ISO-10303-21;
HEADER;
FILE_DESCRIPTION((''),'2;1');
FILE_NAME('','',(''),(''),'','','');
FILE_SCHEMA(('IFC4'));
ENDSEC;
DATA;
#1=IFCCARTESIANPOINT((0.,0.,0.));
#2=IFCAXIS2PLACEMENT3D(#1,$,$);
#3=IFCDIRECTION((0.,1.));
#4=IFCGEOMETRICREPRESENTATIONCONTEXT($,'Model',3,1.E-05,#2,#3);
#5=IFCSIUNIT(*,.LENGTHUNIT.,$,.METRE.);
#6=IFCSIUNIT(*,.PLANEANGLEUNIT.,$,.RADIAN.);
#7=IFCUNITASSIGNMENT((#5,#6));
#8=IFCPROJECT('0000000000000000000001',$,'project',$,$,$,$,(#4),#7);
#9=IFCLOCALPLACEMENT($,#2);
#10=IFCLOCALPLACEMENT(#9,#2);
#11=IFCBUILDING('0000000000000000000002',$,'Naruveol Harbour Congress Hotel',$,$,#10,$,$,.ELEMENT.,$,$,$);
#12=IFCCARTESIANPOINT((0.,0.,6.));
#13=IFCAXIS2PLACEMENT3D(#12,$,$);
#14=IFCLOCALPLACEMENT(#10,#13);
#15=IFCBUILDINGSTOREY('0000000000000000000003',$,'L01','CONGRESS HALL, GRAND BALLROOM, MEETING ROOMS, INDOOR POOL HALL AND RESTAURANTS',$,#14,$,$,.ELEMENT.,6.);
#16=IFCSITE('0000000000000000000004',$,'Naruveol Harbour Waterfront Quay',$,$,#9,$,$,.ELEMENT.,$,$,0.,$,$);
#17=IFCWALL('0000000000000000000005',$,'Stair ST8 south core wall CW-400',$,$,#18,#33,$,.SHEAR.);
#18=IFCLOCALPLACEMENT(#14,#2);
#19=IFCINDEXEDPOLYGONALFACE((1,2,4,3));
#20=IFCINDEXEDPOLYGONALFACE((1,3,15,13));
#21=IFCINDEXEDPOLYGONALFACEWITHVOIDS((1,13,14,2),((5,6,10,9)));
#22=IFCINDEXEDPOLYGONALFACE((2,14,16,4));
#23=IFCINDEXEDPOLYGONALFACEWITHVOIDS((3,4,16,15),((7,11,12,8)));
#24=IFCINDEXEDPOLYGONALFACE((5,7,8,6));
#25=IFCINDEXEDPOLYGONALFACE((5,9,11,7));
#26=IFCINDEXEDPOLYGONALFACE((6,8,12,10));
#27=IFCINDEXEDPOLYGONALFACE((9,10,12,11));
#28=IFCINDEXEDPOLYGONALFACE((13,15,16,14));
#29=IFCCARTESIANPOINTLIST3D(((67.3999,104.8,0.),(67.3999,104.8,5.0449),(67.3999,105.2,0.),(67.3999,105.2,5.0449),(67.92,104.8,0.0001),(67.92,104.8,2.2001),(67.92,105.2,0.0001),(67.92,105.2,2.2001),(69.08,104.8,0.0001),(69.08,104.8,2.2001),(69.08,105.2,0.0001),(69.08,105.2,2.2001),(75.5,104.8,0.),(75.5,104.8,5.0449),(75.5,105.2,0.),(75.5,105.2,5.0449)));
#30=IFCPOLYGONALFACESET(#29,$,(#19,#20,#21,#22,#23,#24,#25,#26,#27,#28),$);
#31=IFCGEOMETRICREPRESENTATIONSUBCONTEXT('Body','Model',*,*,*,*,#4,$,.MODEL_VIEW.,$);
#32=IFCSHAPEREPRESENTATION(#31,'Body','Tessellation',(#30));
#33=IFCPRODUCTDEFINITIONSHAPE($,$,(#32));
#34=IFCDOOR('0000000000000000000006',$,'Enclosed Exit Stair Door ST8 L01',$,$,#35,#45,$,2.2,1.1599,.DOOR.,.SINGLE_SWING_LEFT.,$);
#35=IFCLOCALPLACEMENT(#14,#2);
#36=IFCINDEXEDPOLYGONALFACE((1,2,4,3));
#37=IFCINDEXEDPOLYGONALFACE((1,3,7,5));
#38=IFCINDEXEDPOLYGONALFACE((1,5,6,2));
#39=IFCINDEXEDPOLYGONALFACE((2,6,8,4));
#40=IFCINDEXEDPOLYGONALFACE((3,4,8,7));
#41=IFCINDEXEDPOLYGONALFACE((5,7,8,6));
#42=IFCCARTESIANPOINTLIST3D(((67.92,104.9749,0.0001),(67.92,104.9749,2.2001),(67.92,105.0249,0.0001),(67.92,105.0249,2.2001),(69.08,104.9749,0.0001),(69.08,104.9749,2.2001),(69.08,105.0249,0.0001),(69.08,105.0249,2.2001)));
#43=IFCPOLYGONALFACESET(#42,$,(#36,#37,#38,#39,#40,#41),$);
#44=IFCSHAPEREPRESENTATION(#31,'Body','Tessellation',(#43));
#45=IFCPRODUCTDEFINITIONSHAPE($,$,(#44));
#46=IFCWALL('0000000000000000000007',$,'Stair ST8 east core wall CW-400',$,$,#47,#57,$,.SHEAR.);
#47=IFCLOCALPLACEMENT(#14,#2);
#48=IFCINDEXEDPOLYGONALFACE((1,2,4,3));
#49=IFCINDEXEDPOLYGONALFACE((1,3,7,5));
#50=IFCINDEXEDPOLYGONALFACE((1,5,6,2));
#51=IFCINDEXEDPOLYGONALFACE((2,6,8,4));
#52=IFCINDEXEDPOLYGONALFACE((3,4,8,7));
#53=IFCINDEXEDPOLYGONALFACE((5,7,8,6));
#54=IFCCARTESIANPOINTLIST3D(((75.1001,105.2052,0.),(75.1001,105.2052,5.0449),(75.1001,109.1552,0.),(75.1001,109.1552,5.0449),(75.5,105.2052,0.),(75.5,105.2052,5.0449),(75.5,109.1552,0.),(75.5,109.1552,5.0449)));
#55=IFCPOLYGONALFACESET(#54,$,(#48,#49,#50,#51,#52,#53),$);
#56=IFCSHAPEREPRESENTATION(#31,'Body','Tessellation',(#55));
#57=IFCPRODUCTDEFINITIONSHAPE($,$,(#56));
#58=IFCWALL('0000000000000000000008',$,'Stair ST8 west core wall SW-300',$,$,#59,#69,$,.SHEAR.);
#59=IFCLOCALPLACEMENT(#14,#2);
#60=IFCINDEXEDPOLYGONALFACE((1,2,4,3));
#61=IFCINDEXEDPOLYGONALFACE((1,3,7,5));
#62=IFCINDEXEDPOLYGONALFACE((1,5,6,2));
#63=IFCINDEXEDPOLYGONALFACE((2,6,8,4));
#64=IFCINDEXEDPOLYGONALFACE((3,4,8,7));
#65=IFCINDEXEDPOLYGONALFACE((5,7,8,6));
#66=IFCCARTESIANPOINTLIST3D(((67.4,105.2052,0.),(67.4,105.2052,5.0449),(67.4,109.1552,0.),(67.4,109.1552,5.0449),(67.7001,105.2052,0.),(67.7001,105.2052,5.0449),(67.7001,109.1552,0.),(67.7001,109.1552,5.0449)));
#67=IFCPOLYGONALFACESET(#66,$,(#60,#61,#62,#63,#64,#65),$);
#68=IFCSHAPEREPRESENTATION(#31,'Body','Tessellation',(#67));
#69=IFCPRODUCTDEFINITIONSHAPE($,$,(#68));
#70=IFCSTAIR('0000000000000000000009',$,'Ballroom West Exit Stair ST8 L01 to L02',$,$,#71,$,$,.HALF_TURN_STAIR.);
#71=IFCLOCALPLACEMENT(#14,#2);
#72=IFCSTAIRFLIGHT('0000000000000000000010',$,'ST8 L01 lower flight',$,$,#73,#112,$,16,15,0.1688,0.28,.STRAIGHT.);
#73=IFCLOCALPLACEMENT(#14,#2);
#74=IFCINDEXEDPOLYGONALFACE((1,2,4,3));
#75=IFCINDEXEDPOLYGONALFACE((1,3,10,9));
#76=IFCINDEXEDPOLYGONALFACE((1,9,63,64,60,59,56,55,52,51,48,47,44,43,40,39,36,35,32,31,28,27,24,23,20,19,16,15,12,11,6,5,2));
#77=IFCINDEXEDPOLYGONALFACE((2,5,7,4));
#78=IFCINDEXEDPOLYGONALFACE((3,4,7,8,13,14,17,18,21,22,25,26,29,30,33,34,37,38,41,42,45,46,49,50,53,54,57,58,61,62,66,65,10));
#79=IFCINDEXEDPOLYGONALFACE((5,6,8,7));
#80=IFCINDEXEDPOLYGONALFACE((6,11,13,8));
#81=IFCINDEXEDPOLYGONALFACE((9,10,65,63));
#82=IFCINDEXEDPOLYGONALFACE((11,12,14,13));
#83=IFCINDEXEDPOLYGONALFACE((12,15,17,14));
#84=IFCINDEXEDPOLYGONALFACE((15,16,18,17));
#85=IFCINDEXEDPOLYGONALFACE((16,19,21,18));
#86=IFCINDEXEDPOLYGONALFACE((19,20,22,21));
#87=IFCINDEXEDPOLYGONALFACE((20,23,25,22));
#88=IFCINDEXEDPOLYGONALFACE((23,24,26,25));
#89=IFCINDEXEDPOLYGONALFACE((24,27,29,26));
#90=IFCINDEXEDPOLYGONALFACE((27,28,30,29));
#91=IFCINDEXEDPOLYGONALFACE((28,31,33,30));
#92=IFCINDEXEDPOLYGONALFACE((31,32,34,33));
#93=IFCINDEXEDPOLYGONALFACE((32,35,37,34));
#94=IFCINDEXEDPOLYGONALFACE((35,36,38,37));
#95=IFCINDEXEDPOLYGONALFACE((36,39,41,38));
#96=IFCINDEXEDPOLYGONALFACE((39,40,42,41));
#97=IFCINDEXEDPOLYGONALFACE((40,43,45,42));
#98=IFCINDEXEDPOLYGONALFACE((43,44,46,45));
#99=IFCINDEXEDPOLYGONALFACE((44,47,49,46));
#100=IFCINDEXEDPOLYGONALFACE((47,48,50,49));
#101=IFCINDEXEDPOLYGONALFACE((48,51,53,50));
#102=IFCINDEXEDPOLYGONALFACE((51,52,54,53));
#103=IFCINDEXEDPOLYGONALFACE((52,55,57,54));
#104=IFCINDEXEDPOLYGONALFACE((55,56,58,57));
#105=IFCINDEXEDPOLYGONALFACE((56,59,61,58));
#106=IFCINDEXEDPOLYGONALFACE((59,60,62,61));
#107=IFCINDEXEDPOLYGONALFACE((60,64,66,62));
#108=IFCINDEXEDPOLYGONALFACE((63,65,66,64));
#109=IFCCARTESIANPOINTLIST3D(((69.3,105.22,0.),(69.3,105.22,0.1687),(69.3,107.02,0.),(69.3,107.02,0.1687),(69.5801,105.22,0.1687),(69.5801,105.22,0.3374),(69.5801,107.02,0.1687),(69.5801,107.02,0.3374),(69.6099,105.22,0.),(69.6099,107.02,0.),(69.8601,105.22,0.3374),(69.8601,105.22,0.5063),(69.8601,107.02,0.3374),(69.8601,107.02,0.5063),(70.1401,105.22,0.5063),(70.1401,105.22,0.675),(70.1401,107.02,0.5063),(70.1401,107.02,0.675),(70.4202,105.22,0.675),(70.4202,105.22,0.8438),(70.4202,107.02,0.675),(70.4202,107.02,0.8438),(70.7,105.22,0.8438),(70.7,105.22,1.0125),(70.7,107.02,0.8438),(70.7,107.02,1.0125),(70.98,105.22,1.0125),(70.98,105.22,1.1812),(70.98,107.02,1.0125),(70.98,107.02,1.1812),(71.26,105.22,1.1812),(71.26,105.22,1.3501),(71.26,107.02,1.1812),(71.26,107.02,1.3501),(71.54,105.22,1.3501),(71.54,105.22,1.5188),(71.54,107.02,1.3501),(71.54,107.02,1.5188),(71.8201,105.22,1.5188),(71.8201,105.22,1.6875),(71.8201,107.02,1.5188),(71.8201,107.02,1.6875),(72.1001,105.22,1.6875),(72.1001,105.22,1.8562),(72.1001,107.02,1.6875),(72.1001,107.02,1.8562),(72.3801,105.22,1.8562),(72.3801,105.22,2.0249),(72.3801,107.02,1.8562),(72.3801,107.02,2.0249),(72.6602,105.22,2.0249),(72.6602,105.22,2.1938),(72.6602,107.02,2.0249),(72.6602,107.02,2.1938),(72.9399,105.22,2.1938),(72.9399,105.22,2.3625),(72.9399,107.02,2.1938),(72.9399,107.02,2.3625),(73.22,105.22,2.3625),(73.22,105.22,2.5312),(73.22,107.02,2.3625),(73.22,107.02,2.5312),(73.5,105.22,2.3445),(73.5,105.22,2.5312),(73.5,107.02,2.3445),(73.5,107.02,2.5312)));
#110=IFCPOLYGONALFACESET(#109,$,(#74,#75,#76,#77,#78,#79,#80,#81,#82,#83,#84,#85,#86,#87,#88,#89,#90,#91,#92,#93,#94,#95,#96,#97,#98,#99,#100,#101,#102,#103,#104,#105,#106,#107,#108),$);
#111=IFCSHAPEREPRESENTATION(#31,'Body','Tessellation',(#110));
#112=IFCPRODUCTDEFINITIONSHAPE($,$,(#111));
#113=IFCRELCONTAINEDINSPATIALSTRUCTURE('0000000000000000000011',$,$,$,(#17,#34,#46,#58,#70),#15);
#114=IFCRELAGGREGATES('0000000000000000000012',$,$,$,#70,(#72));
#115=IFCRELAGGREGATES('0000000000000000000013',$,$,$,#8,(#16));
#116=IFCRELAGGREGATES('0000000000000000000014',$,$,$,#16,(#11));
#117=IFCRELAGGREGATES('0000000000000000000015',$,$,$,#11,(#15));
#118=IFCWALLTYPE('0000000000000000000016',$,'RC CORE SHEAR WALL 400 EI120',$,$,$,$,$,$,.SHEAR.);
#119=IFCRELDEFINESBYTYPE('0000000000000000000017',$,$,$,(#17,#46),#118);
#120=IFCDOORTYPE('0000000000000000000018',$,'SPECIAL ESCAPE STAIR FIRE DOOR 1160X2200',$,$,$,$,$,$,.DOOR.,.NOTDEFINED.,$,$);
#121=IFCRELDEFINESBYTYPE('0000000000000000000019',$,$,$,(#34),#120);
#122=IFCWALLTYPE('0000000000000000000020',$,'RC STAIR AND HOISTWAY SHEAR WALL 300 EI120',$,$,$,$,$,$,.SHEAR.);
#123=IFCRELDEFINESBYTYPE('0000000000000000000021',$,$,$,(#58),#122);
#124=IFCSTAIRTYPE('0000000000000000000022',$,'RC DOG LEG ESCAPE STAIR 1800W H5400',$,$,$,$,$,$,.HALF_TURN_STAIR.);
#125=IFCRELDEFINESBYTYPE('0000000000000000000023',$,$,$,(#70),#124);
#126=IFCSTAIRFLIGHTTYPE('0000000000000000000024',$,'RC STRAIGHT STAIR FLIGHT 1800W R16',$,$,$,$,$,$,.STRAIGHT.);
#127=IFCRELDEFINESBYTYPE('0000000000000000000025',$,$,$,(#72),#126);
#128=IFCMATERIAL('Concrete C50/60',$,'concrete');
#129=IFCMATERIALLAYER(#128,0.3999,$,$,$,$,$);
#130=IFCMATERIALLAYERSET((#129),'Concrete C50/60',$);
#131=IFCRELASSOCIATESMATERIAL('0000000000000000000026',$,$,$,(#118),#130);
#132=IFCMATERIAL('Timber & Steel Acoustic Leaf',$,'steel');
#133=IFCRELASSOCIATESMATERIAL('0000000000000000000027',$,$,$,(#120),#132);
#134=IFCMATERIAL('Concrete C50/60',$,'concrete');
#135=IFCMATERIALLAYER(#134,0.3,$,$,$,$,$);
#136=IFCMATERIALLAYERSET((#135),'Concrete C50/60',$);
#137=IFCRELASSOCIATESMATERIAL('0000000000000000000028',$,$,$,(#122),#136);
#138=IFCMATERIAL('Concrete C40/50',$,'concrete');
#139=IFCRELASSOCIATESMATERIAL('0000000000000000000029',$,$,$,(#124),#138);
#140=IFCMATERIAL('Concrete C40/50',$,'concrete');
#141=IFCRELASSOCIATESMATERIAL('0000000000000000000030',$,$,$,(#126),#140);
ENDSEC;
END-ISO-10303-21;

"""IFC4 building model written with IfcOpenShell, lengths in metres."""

from ifc_helpers import new_model, si_unit, direction, frame, frame_2d, origin, place, context, subcontext, project, spatial, polyline, rectangle, outline, extrude, material, layer, layer_set, type_object, element, fill, aggregate, save


model = new_model("IFC4")

# Units and contexts
model_context = context("Model", 3, precision=1e-05, world=origin(), true_north=direction((0.0, 1.0)))
body_context = subcontext(model_context, "Body", "Model", "MODEL_VIEW")
ifc_project = project(units=[si_unit("LENGTHUNIT", "METRE"), si_unit("PLANEANGLEUNIT", "RADIAN")], contexts=[model_context])

# Site, building, storey
site_placement = place(None, origin())
site = spatial("IfcSite", under=ifc_project, at=site_placement, Name="Naruveol Harbour Waterfront Quay", CompositionType="ELEMENT", RefElevation=0.0)
building_placement = place(site_placement, origin())
building = spatial("IfcBuilding", under=site, at=building_placement, Name="Naruveol Harbour Congress Hotel", CompositionType="ELEMENT")
storey_placement = place(building_placement, frame((0.0, 0.0, 6.0)))
storey = spatial("IfcBuildingStorey", under=building, at=storey_placement, Name="L01", Description="CONGRESS HALL, GRAND BALLROOM, MEETING ROOMS, INDOOR POOL HALL AND RESTAURANTS", CompositionType="ELEMENT", Elevation=6.0)

# Wall, opening, door
ifc_material_1 = material(Name="Concrete C50/60", Category="concrete")
ifc_layer_1 = layer(ifc_material_1, 0.3999)
ifc_layer_set_1 = layer_set([ifc_layer_1], Name="Concrete C50/60")
wall_type_1 = type_object("IfcWallType", Name="RC CORE SHEAR WALL 400 EI120", PredefinedType="SHEAR", material=ifc_layer_set_1)
wall_1_placement = place(storey_placement, frame((67.3999, 105.0, 0.0), z_axis=(0.0, 0.0, 1.0), x_axis=(1.0, 0.0, 0.0)))
wall_1 = element("IfcWall", 1, at=wall_1_placement, inside=storey, type_object=wall_type_1, Name="Stair ST8 south core wall CW-400", PredefinedType="SHEAR", context=body_context, shape_type="SweptSolid", body=[
    extrude(rectangle(XDim=8.1001, YDim=0.3999, at=frame_2d((4.05, 0.0))), origin(), (0.0, 0.0, 1.0), 5.0449),
])
opening_1_placement = place(wall_1_placement, frame((0.52, 0.0, 0.0)))
opening_1 = element("IfcOpeningElement", 2, at=opening_1_placement, cuts=wall_1, PredefinedType="OPENING", context=body_context, shape_type="SweptSolid", body=[
    extrude(rectangle(XDim=1.1599, YDim=2.2, at=frame_2d((0.5801, 1.1001))), frame((0.0, 0.21, 0.0), z_axis=(0.0, -1.0, 0.0), x_axis=(1.0, 0.0, 0.0)), (0.0, 0.0, 1.0), 0.4199),
])
ifc_material_2 = material(Name="Timber & Steel Acoustic Leaf", Category="steel")
door_type = type_object("IfcDoorType", Name="SPECIAL ESCAPE STAIR FIRE DOOR 1160X2200", OperationType="NOTDEFINED", PredefinedType="DOOR", material=ifc_material_2)
door_placement = place(opening_1_placement, origin())
door = element("IfcDoor", 3, at=door_placement, inside=storey, type_object=door_type, Name="Enclosed Exit Stair Door ST8 L01", OperationType="SINGLE_SWING_LEFT", OverallHeight=2.2, OverallWidth=1.1599, PredefinedType="DOOR", context=body_context, shape_type="SweptSolid", body=[
    extrude(rectangle(XDim=1.1599, YDim=2.2, at=frame_2d((0.5801, 1.1001))), frame((0.0, 0.0249, 0.0), z_axis=(0.0, -1.0, 0.0), x_axis=(1.0, 0.0, 0.0)), (0.0, 0.0, 1.0), 0.05),
])
fill(opening_1, door)

# Walls
wall_2_placement = place(storey_placement, frame((75.3, 105.2051, 0.0), z_axis=(0.0, 0.0, 1.0), x_axis=(0.0, 1.0, 0.0)))
element("IfcWall", 4, at=wall_2_placement, inside=storey, type_object=wall_type_1, Name="Stair ST8 east core wall CW-400", PredefinedType="SHEAR", context=body_context, shape_type="SweptSolid", body=[
    extrude(rectangle(XDim=3.95, YDim=0.3999, at=frame_2d((1.9751, 0.0))), origin(), (0.0, 0.0, 1.0), 5.0449),
])
ifc_material_3 = material(Name="Concrete C50/60", Category="concrete")
ifc_layer_2 = layer(ifc_material_3, 0.3)
ifc_layer_set_2 = layer_set([ifc_layer_2], Name="Concrete C50/60")
wall_type_2 = type_object("IfcWallType", Name="RC STAIR AND HOISTWAY SHEAR WALL 300 EI120", PredefinedType="SHEAR", material=ifc_layer_set_2)
wall_3_placement = place(storey_placement, frame((67.55, 105.2051, 0.0), z_axis=(0.0, 0.0, 1.0), x_axis=(0.0, 1.0, 0.0)))
element("IfcWall", 5, at=wall_3_placement, inside=storey, type_object=wall_type_2, Name="Stair ST8 west core wall SW-300", PredefinedType="SHEAR", context=body_context, shape_type="SweptSolid", body=[
    extrude(rectangle(XDim=3.95, YDim=0.3, at=frame_2d((1.9751, 0.0))), origin(), (0.0, 0.0, 1.0), 5.0449),
])

# Stair, stair flight
ifc_material_4 = material(Name="Concrete C40/50", Category="concrete")
stair_type = type_object("IfcStairType", Name="RC DOG LEG ESCAPE STAIR 1800W H5400", PredefinedType="HALF_TURN_STAIR", material=ifc_material_4)
stair_placement = place(storey_placement, origin())
stair = element("IfcStair", 6, at=stair_placement, inside=storey, type_object=stair_type, Name="Ballroom West Exit Stair ST8 L01 to L02", PredefinedType="HALF_TURN_STAIR")
ifc_material_5 = material(Name="Concrete C40/50", Category="concrete")
stair_flight_type = type_object("IfcStairFlightType", Name="RC STRAIGHT STAIR FLIGHT 1800W R16", PredefinedType="STRAIGHT", material=ifc_material_5)
stair_flight_placement = place(storey_placement, frame((69.3, 106.1201, 0.0), z_axis=(0.0, 0.0, 1.0), x_axis=(1.0, 0.0, 0.0)))
stair_flight = element("IfcStairFlight", 7, at=stair_flight_placement, type_object=stair_flight_type, Name="ST8 L01 lower flight", NumberOfRisers=16, NumberOfTreads=15, PredefinedType="STRAIGHT", RiserHeight=0.1688, TreadLength=0.28, context=body_context, shape_type="SweptSolid", body=[
    extrude(outline(polyline([(0.0, 0.0), (0.0, 0.1687), (0.28, 0.1687), (0.28, 0.3374), (0.5601, 0.3374), (0.5601, 0.5063), (0.8401, 0.5063), (0.8401, 0.675), (1.1201, 0.675), (1.1201, 0.8438), (1.3999, 0.8438), (1.3999, 1.0125), (1.6799, 1.0125), (1.6799, 1.1812), (1.96, 1.1812), (1.96, 1.3501), (2.24, 1.3501), (2.24, 1.5188), (2.52, 1.5188), (2.52, 1.6875), (2.8, 1.6875), (2.8, 1.8562), (3.0801, 1.8562), (3.0801, 2.0249), (3.3601, 2.0249), (3.3601, 2.1938), (3.6399, 2.1938), (3.6399, 2.3625), (3.9199, 2.3625), (3.9199, 2.5312), (4.2, 2.5312), (4.2, 2.7), (4.2, 2.3445), (0.3098, 0.0), (0.0, 0.0)])), frame((0.0, 0.8999, 0.0), z_axis=(0.0, -1.0, 0.0), x_axis=(1.0, 0.0, 0.0)), (0.0, 0.0, 1.0), 1.8),
])
aggregate(stair, [stair_flight])

save(model, "model.ifc")
